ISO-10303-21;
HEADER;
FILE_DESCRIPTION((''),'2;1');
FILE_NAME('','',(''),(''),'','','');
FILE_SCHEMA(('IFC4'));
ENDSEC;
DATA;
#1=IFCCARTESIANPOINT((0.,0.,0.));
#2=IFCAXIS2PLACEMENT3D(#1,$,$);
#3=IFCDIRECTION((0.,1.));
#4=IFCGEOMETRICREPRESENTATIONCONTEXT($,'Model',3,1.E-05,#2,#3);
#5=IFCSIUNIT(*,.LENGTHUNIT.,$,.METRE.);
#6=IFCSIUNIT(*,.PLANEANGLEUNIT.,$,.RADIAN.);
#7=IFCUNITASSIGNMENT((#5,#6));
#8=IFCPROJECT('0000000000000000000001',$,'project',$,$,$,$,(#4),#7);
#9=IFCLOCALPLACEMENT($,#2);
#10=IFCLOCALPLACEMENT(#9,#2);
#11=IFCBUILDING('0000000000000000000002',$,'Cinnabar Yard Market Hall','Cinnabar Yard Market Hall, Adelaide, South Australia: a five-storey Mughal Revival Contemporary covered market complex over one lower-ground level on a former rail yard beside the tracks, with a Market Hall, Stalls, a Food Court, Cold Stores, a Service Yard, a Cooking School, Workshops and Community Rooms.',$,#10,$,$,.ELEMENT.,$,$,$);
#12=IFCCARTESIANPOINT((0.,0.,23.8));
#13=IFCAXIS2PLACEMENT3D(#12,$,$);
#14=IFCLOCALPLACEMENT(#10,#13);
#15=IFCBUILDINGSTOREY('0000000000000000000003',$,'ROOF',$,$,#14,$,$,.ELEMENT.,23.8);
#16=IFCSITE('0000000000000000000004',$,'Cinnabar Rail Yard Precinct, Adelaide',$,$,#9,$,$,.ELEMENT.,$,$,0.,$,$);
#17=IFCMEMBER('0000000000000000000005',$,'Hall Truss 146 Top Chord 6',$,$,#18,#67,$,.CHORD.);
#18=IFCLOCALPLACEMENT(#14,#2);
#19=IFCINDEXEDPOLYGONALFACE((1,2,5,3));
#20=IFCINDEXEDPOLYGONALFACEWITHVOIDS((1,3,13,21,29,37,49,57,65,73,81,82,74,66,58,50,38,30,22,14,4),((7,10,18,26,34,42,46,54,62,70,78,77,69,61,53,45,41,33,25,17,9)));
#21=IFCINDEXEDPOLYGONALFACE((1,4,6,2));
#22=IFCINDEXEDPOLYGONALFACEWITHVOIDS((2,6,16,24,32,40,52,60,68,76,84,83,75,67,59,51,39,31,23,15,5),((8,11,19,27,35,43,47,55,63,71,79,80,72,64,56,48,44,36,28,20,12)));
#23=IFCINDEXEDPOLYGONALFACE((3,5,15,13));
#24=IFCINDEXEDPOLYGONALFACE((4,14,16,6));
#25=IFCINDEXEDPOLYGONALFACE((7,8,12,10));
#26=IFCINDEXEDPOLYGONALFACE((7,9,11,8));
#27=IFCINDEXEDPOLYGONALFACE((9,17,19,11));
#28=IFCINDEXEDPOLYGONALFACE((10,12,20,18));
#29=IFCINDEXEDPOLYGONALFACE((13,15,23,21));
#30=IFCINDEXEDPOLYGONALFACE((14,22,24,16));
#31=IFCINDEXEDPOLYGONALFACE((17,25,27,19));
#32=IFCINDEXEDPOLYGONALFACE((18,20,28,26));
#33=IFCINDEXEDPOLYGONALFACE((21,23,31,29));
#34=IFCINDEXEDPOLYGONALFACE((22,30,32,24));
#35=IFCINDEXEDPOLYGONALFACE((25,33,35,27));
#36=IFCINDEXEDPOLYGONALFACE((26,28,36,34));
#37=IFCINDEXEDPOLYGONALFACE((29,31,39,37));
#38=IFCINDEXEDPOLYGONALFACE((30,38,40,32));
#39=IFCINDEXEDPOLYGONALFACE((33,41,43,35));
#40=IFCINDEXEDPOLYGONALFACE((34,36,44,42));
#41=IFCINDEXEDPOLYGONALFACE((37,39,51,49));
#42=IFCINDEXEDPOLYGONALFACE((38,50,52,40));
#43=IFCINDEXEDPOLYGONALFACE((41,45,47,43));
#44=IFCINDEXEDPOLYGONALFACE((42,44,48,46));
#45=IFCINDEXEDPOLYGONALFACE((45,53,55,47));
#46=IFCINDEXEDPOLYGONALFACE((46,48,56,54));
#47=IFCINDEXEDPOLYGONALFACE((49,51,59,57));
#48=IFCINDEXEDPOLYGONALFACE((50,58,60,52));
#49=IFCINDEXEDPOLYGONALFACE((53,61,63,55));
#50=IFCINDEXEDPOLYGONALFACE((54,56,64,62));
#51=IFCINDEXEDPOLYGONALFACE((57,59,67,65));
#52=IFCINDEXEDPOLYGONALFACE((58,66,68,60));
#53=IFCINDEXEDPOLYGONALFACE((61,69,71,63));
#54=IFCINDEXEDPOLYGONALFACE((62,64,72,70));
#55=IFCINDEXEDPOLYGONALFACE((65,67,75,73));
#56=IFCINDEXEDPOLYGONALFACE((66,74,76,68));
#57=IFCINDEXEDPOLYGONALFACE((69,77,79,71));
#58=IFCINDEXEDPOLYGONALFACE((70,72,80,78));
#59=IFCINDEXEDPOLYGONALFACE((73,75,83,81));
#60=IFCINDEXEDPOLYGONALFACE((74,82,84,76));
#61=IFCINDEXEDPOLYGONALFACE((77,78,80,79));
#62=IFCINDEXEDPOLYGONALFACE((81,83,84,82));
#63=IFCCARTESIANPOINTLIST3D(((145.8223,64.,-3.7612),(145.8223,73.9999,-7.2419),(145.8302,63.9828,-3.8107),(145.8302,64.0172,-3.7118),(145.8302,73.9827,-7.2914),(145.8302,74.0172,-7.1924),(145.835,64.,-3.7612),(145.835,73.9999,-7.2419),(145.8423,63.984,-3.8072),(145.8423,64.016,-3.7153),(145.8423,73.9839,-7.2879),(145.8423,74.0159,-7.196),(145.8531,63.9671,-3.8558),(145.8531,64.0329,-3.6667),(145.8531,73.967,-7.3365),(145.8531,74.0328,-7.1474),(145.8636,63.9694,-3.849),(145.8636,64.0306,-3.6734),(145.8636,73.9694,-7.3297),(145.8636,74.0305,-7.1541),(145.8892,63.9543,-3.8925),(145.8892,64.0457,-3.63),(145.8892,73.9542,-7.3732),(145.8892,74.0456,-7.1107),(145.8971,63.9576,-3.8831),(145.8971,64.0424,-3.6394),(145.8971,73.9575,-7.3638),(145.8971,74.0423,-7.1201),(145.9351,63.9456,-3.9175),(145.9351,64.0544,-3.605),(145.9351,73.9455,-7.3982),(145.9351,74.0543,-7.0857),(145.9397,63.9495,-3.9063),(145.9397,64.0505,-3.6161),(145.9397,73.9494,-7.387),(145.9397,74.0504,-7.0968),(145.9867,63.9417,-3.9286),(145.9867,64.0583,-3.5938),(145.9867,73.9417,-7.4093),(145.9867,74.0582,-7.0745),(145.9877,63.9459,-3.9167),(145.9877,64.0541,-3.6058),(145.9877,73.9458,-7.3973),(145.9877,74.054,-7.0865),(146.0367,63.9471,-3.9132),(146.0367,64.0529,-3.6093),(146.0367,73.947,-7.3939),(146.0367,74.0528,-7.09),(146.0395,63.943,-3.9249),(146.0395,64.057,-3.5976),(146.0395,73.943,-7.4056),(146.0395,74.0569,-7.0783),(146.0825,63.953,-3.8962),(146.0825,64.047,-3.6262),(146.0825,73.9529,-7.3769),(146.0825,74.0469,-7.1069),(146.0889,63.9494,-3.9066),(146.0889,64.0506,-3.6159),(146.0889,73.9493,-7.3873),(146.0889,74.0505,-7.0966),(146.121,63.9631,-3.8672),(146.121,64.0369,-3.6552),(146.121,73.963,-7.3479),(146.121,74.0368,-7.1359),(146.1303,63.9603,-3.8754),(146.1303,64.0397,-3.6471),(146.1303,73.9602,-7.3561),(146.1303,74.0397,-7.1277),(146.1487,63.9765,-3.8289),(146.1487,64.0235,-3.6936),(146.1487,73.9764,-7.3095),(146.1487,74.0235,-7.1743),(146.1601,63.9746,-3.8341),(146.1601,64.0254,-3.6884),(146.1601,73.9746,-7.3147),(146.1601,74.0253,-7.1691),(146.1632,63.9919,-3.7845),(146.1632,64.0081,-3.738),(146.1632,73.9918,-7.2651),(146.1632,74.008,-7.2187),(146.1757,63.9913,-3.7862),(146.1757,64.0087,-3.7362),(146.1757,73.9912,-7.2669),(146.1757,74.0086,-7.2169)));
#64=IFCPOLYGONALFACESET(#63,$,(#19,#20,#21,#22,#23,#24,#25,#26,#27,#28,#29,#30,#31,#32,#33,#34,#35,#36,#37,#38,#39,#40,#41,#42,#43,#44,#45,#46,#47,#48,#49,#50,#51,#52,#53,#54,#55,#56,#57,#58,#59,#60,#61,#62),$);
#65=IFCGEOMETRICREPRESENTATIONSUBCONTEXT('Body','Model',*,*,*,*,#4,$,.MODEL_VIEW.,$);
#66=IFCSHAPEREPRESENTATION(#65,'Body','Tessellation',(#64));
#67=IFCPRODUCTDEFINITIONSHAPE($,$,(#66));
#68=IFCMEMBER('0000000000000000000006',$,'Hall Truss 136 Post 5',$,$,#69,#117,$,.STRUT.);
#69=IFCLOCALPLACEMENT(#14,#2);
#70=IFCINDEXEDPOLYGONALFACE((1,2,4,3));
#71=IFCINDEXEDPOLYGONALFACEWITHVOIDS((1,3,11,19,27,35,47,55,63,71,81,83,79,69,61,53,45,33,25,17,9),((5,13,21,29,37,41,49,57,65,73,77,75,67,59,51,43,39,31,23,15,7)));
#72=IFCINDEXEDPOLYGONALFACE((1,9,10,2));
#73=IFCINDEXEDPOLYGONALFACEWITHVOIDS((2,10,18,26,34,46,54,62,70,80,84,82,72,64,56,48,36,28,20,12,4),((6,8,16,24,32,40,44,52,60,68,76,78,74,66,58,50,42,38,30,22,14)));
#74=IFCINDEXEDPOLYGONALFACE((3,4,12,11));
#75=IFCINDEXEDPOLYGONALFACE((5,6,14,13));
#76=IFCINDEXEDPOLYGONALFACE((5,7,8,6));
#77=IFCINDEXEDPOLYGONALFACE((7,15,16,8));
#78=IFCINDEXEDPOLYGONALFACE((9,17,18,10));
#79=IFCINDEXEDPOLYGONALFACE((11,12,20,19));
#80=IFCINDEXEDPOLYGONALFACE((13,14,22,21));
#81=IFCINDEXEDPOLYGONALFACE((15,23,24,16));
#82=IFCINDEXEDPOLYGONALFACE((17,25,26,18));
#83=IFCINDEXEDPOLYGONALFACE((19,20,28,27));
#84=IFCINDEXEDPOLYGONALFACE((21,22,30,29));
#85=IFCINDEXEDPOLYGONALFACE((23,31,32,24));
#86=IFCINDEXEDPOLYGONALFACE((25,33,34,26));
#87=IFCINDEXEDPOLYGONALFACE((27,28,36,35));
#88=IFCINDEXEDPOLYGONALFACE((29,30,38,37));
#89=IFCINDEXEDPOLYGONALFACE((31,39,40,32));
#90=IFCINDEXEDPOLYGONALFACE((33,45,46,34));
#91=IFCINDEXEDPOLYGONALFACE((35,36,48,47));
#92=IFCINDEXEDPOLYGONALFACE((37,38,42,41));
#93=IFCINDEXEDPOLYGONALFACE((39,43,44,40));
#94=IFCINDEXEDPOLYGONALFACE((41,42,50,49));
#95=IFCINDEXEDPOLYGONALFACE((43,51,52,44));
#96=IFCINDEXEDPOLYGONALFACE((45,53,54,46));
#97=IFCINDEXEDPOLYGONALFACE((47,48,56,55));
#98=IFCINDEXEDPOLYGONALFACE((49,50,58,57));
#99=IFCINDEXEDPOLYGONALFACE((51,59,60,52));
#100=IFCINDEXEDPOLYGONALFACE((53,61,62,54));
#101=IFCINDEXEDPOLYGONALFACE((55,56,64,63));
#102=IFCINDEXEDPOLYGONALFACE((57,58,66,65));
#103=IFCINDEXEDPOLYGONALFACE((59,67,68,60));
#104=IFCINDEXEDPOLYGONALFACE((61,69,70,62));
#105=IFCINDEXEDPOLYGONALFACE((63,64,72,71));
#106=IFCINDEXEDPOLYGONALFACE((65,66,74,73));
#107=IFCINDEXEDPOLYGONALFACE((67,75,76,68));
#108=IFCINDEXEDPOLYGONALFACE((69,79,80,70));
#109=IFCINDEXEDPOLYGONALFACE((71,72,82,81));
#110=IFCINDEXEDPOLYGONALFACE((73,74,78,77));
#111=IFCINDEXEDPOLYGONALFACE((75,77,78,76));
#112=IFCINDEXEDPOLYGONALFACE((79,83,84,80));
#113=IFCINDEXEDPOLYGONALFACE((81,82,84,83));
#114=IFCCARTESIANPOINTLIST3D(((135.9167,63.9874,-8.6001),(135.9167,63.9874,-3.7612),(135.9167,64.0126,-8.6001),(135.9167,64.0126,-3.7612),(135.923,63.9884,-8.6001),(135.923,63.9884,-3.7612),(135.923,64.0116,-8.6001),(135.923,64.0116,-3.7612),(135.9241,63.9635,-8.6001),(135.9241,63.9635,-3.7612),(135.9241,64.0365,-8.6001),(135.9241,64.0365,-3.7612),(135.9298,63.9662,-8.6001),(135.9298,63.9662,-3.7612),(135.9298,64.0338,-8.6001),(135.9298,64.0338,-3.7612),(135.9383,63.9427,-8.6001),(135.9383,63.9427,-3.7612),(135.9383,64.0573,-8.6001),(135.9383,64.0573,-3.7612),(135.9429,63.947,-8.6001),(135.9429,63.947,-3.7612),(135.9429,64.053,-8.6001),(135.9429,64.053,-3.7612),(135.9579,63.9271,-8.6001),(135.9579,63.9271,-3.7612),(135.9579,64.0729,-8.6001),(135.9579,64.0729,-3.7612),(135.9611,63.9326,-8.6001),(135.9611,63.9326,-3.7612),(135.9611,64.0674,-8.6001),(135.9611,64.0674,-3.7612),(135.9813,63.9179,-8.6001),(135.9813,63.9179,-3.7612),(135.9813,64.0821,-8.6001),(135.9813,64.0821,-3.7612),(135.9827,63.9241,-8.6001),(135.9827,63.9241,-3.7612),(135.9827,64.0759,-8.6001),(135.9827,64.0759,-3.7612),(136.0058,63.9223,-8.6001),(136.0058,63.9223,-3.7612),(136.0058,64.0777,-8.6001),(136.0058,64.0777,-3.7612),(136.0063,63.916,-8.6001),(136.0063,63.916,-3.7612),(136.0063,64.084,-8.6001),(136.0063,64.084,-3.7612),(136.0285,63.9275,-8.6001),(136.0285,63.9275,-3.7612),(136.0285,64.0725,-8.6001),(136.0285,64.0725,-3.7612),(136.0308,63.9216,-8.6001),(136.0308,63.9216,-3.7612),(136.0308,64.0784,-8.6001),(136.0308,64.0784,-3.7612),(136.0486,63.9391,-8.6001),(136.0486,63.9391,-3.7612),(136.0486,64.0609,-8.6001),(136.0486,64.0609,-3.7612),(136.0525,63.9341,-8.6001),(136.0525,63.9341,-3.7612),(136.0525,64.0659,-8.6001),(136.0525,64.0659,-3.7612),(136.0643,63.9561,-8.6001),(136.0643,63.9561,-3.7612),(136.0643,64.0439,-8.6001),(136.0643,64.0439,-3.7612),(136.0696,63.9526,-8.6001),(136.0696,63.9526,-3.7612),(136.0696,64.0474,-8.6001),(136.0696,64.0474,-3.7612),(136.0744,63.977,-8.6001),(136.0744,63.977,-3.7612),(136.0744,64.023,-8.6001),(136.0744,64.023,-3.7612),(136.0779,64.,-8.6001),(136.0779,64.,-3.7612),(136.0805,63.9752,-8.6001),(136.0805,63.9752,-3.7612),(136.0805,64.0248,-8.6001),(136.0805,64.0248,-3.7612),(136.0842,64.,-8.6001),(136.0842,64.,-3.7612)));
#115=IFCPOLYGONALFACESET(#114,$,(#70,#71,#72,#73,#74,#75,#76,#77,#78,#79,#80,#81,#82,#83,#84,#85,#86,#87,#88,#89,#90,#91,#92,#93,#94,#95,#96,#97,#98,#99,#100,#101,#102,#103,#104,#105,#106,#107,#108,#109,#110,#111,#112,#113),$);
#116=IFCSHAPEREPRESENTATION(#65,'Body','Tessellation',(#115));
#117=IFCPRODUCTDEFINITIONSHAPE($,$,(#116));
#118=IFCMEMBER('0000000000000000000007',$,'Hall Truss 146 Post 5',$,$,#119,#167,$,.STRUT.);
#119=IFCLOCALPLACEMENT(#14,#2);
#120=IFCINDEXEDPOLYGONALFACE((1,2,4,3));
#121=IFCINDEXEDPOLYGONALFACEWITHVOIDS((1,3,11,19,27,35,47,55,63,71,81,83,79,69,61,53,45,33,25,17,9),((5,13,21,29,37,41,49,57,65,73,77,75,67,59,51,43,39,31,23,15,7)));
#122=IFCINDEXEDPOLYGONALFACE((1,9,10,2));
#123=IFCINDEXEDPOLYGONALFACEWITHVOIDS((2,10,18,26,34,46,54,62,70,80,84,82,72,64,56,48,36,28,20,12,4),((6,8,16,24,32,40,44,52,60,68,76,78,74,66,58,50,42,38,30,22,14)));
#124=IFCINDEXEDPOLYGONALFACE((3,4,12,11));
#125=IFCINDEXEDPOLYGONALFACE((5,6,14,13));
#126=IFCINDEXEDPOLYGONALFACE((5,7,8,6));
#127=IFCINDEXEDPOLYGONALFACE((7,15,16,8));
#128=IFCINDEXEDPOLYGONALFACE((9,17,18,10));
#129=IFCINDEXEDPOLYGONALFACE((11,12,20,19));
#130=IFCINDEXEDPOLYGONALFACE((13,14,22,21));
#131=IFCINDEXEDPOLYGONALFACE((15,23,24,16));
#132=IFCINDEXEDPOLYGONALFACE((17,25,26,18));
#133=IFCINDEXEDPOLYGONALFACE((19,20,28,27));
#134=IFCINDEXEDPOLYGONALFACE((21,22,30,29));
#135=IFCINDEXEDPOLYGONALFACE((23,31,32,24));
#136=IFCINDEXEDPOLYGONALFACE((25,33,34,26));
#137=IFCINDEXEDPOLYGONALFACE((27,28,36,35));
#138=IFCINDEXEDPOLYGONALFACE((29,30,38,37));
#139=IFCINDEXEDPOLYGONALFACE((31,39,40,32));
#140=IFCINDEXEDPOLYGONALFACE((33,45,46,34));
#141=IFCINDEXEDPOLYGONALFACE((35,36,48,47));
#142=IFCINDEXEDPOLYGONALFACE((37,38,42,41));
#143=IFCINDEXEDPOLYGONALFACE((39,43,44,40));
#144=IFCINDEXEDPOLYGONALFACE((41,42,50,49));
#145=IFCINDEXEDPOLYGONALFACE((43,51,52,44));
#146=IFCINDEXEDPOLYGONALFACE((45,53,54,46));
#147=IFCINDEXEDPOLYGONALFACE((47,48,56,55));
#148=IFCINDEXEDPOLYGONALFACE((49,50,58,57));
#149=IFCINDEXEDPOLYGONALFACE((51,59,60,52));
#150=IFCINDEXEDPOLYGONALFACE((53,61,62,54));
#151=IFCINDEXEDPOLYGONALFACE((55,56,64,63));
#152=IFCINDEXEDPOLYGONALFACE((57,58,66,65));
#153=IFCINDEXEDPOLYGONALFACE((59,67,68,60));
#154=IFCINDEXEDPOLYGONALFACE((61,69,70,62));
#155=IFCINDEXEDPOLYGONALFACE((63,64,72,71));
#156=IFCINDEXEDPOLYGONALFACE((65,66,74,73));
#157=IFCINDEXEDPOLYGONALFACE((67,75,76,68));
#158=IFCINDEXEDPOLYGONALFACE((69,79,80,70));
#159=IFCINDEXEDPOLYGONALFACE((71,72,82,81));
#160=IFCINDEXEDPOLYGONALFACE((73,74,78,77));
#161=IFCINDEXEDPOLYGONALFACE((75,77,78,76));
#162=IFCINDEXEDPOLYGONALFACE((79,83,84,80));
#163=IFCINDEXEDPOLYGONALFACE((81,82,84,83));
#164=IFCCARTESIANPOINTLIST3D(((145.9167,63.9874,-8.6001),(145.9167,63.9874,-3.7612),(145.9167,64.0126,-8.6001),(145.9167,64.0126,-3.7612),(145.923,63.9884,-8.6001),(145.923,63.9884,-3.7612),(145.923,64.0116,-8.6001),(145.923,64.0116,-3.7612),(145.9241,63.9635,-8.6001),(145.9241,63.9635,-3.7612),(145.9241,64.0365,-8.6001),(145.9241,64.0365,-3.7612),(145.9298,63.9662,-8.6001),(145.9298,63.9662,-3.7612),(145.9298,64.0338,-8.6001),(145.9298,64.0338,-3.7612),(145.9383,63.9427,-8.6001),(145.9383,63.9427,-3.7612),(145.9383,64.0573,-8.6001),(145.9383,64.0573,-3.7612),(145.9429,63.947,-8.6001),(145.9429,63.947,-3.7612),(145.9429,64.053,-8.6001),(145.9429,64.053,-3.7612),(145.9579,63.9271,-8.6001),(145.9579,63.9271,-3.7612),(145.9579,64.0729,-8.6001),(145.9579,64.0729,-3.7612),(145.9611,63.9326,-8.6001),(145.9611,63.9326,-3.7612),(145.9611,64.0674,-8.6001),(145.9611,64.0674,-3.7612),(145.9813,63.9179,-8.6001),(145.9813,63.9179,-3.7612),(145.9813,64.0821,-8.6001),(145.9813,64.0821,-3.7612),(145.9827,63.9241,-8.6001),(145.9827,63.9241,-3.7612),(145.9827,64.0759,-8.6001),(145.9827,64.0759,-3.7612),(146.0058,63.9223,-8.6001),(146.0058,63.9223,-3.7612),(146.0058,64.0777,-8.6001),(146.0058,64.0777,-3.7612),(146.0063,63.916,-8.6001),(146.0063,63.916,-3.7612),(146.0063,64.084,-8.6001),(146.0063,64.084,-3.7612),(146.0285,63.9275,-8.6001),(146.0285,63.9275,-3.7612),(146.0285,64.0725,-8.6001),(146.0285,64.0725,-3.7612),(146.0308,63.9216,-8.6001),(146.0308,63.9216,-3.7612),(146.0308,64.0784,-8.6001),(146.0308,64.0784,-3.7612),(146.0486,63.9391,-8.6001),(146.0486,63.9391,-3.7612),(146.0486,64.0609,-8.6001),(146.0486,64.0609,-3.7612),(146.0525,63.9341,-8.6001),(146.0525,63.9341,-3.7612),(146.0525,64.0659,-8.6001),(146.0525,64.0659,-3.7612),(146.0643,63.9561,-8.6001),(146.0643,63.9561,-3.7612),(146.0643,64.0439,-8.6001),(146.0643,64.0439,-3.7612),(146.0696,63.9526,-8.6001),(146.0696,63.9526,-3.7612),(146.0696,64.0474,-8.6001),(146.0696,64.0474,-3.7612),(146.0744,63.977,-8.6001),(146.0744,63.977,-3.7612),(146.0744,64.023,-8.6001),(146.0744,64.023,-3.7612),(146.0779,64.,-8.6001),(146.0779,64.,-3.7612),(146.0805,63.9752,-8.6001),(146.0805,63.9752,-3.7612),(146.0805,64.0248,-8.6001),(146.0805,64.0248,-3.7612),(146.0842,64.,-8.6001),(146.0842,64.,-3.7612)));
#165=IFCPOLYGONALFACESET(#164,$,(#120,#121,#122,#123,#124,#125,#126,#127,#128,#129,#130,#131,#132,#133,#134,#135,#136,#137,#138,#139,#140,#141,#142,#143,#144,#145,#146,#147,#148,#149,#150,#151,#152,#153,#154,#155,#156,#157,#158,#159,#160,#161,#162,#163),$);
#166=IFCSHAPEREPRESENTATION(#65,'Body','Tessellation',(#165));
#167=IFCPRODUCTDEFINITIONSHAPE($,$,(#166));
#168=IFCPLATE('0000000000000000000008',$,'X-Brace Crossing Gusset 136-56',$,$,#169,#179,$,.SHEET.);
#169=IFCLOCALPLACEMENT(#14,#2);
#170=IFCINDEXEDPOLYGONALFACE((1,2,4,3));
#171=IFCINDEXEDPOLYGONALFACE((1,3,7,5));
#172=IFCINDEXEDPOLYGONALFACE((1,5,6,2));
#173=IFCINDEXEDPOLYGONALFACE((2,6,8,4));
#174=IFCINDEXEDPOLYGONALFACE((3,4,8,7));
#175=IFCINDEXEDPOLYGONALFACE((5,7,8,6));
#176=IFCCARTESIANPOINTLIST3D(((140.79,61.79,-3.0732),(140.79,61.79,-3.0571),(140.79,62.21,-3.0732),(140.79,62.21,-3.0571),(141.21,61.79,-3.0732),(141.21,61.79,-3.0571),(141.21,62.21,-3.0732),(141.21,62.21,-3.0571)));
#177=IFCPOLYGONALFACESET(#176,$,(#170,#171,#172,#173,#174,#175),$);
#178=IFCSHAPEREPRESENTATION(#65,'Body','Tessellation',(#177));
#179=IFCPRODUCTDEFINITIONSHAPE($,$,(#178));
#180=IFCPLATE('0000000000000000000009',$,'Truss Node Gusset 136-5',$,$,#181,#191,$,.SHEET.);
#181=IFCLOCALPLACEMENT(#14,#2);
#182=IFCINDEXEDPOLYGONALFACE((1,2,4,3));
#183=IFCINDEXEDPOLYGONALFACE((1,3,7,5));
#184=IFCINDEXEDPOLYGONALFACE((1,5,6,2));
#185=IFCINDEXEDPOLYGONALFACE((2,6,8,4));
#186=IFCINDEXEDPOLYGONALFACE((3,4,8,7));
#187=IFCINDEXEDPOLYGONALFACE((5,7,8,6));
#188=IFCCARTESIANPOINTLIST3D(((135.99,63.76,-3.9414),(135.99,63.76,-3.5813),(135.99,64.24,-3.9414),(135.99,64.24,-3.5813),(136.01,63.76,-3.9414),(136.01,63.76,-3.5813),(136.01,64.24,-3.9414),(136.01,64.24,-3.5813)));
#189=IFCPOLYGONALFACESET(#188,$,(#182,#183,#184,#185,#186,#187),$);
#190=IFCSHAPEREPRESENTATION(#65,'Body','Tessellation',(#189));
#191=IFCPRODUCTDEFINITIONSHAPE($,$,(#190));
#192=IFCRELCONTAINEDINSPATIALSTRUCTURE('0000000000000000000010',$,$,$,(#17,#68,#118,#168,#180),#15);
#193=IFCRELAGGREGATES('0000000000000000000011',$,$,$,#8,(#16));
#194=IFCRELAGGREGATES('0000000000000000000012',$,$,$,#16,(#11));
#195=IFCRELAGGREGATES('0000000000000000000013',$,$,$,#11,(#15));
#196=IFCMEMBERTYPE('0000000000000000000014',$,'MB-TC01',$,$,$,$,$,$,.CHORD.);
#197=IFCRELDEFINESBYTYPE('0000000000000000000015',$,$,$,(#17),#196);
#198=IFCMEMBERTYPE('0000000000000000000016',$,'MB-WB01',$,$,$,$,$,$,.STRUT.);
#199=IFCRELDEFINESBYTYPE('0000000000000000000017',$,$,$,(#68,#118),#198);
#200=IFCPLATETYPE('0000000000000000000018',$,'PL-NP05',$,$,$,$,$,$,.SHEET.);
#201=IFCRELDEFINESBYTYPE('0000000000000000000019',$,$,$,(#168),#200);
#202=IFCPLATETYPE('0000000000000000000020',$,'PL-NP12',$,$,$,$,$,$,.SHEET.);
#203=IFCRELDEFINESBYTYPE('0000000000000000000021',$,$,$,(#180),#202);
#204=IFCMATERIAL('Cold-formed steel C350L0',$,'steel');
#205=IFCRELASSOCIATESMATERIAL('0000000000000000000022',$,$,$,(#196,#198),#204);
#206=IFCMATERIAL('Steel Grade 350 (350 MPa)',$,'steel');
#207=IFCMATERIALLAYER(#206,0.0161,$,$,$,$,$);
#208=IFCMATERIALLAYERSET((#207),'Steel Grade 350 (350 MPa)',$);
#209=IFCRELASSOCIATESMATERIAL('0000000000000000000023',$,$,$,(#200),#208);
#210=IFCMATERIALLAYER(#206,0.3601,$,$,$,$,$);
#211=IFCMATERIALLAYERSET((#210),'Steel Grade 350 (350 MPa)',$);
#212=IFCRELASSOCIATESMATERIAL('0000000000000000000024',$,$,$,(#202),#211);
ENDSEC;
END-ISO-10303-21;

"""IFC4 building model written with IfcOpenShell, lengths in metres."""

from ifc_helpers import new_model, si_unit, direction, frame, origin, origin_2d_with_axis, place, context, subcontext, project, spatial, rectangle, hollow_circle, extrude, material, layer, layer_set, material_profile, profile_set, type_object, element, save


model = new_model("IFC4")

# Units and contexts
model_context = context("Model", 3, precision=1e-05, world=origin(), true_north=direction((0.0, 1.0)))
body_context = subcontext(model_context, "Body", "Model", "MODEL_VIEW")
ifc_project = project(units=[si_unit("LENGTHUNIT", "METRE"), si_unit("PLANEANGLEUNIT", "RADIAN")], contexts=[model_context])

# Site, building, storey
site_placement = place(None, origin())
site = spatial("IfcSite", under=ifc_project, at=site_placement, Name="Cinnabar Rail Yard Precinct, Adelaide", CompositionType="ELEMENT", RefElevation=0.0)
building_placement = place(site_placement, origin())
building = spatial("IfcBuilding", under=site, at=building_placement, Name="Cinnabar Yard Market Hall", Description="Cinnabar Yard Market Hall, Adelaide, South Australia: a five-storey Mughal Revival Contemporary covered market complex over one lower-ground level on a former rail yard beside the tracks, with a Market Hall, Stalls, a Food Court, Cold Stores, a Service Yard, a Cooking School, Workshops and Community Rooms.", CompositionType="ELEMENT")
storey_placement = place(building_placement, frame((0.0, 0.0, 23.8)))
storey = spatial("IfcBuildingStorey", under=building, at=storey_placement, Name="ROOF", CompositionType="ELEMENT", Elevation=23.8)

# Shared definitions
ifc_material_1 = material(Name="Steel Grade 350 (350 MPa)", Category="steel")
ifc_material_2 = material(Name="Cold-formed steel C350L0", Category="steel")

# Members
ifc_material_profile_1 = material_profile(ifc_material_2, hollow_circle(Radius=0.1777, WallThickness=0.0127, at=origin_2d_with_axis()), Name="355.6x12.7CHS")
ifc_profile_set_1 = profile_set([ifc_material_profile_1], Name="Cold-formed steel C350L0")
member_type_1 = type_object("IfcMemberType", Name="MB-TC01", PredefinedType="CHORD", material=ifc_profile_set_1)
member_1_placement = place(storey_placement, frame((146.0, 64.0, -3.7612), z_axis=(0.0, 0.944425, -0.328727), x_axis=(-1.0, 0.0, 0.0)))
element("IfcMember", 1, at=member_1_placement, inside=storey, type_object=member_type_1, Name="Hall Truss 146 Top Chord 6", PredefinedType="CHORD", context=body_context, shape_type="SweptSolid", body=[
    extrude(hollow_circle(Radius=0.1777, WallThickness=0.0127, at=origin_2d_with_axis()), origin(), (0.0, 0.0, 1.0), 10.5884),
])
ifc_material_profile_2 = material_profile(ifc_material_2, hollow_circle(Radius=0.0842, WallThickness=0.0063, at=origin_2d_with_axis()), Name="168.3x6.4CHS")
ifc_profile_set_2 = profile_set([ifc_material_profile_2], Name="Cold-formed steel C350L0")
member_type_2 = type_object("IfcMemberType", Name="MB-WB01", PredefinedType="STRUT", material=ifc_profile_set_2)
for number, where, z_axis, x_axis, name in (
    (2, (136.0, 64.0, -8.6001), (0.0, 0.0, 1.0), (1.0, 0.0, 0.0), "Hall Truss 136 Post 5"),
    (3, (146.0, 64.0, -8.6001), (0.0, 0.0, 1.0), (1.0, 0.0, 0.0), "Hall Truss 146 Post 5"),
):
    element("IfcMember", number, at=place(storey_placement, frame(where, z_axis=z_axis, x_axis=x_axis)), inside=storey, type_object=member_type_2, Name=name, PredefinedType="STRUT", context=body_context, shape_type="SweptSolid", body=[
        extrude(hollow_circle(Radius=0.0842, WallThickness=0.0063, at=origin_2d_with_axis()), origin(), (0.0, 0.0, 1.0), 4.8389),
    ])

# Plates
ifc_layer_1 = layer(ifc_material_1, 0.0161)
ifc_layer_set_1 = layer_set([ifc_layer_1], Name="Steel Grade 350 (350 MPa)")
plate_type_1 = type_object("IfcPlateType", Name="PL-NP05", PredefinedType="SHEET", material=ifc_layer_set_1)
plate_placement = place(storey_placement, frame((141.0, 62.0, -3.0732), z_axis=(0.0, 0.0, 1.0), x_axis=(1.0, 0.0, 0.0)))
element("IfcPlate", 4, at=plate_placement, inside=storey, type_object=plate_type_1, Name="X-Brace Crossing Gusset 136-56", PredefinedType="SHEET", context=body_context, shape_type="SweptSolid", body=[
    extrude(rectangle(XDim=0.4199, YDim=0.4199, at=origin_2d_with_axis()), origin(), (0.0, 0.0, 1.0), 0.0161),
])
ifc_layer_2 = layer(ifc_material_1, 0.3601)
ifc_layer_set_2 = layer_set([ifc_layer_2], Name="Steel Grade 350 (350 MPa)")
plate_type_2 = type_object("IfcPlateType", Name="PL-NP12", PredefinedType="SHEET", material=ifc_layer_set_2)
for number, where, z_axis, x_axis, name in (
    (5, (136.0, 64.0, -3.9414), (0.0, 0.0, 1.0), (1.0, 0.0, 0.0), "Truss Node Gusset 136-5"),
):
    element("IfcPlate", number, at=place(storey_placement, frame(where, z_axis=z_axis, x_axis=x_axis)), inside=storey, type_object=plate_type_2, Name=name, PredefinedType="SHEET", context=body_context, shape_type="SweptSolid", body=[
        extrude(rectangle(XDim=0.02, YDim=0.48, at=origin_2d_with_axis()), origin(), (0.0, 0.0, 1.0), 0.3601),
    ])

save(model, "model.ifc")
